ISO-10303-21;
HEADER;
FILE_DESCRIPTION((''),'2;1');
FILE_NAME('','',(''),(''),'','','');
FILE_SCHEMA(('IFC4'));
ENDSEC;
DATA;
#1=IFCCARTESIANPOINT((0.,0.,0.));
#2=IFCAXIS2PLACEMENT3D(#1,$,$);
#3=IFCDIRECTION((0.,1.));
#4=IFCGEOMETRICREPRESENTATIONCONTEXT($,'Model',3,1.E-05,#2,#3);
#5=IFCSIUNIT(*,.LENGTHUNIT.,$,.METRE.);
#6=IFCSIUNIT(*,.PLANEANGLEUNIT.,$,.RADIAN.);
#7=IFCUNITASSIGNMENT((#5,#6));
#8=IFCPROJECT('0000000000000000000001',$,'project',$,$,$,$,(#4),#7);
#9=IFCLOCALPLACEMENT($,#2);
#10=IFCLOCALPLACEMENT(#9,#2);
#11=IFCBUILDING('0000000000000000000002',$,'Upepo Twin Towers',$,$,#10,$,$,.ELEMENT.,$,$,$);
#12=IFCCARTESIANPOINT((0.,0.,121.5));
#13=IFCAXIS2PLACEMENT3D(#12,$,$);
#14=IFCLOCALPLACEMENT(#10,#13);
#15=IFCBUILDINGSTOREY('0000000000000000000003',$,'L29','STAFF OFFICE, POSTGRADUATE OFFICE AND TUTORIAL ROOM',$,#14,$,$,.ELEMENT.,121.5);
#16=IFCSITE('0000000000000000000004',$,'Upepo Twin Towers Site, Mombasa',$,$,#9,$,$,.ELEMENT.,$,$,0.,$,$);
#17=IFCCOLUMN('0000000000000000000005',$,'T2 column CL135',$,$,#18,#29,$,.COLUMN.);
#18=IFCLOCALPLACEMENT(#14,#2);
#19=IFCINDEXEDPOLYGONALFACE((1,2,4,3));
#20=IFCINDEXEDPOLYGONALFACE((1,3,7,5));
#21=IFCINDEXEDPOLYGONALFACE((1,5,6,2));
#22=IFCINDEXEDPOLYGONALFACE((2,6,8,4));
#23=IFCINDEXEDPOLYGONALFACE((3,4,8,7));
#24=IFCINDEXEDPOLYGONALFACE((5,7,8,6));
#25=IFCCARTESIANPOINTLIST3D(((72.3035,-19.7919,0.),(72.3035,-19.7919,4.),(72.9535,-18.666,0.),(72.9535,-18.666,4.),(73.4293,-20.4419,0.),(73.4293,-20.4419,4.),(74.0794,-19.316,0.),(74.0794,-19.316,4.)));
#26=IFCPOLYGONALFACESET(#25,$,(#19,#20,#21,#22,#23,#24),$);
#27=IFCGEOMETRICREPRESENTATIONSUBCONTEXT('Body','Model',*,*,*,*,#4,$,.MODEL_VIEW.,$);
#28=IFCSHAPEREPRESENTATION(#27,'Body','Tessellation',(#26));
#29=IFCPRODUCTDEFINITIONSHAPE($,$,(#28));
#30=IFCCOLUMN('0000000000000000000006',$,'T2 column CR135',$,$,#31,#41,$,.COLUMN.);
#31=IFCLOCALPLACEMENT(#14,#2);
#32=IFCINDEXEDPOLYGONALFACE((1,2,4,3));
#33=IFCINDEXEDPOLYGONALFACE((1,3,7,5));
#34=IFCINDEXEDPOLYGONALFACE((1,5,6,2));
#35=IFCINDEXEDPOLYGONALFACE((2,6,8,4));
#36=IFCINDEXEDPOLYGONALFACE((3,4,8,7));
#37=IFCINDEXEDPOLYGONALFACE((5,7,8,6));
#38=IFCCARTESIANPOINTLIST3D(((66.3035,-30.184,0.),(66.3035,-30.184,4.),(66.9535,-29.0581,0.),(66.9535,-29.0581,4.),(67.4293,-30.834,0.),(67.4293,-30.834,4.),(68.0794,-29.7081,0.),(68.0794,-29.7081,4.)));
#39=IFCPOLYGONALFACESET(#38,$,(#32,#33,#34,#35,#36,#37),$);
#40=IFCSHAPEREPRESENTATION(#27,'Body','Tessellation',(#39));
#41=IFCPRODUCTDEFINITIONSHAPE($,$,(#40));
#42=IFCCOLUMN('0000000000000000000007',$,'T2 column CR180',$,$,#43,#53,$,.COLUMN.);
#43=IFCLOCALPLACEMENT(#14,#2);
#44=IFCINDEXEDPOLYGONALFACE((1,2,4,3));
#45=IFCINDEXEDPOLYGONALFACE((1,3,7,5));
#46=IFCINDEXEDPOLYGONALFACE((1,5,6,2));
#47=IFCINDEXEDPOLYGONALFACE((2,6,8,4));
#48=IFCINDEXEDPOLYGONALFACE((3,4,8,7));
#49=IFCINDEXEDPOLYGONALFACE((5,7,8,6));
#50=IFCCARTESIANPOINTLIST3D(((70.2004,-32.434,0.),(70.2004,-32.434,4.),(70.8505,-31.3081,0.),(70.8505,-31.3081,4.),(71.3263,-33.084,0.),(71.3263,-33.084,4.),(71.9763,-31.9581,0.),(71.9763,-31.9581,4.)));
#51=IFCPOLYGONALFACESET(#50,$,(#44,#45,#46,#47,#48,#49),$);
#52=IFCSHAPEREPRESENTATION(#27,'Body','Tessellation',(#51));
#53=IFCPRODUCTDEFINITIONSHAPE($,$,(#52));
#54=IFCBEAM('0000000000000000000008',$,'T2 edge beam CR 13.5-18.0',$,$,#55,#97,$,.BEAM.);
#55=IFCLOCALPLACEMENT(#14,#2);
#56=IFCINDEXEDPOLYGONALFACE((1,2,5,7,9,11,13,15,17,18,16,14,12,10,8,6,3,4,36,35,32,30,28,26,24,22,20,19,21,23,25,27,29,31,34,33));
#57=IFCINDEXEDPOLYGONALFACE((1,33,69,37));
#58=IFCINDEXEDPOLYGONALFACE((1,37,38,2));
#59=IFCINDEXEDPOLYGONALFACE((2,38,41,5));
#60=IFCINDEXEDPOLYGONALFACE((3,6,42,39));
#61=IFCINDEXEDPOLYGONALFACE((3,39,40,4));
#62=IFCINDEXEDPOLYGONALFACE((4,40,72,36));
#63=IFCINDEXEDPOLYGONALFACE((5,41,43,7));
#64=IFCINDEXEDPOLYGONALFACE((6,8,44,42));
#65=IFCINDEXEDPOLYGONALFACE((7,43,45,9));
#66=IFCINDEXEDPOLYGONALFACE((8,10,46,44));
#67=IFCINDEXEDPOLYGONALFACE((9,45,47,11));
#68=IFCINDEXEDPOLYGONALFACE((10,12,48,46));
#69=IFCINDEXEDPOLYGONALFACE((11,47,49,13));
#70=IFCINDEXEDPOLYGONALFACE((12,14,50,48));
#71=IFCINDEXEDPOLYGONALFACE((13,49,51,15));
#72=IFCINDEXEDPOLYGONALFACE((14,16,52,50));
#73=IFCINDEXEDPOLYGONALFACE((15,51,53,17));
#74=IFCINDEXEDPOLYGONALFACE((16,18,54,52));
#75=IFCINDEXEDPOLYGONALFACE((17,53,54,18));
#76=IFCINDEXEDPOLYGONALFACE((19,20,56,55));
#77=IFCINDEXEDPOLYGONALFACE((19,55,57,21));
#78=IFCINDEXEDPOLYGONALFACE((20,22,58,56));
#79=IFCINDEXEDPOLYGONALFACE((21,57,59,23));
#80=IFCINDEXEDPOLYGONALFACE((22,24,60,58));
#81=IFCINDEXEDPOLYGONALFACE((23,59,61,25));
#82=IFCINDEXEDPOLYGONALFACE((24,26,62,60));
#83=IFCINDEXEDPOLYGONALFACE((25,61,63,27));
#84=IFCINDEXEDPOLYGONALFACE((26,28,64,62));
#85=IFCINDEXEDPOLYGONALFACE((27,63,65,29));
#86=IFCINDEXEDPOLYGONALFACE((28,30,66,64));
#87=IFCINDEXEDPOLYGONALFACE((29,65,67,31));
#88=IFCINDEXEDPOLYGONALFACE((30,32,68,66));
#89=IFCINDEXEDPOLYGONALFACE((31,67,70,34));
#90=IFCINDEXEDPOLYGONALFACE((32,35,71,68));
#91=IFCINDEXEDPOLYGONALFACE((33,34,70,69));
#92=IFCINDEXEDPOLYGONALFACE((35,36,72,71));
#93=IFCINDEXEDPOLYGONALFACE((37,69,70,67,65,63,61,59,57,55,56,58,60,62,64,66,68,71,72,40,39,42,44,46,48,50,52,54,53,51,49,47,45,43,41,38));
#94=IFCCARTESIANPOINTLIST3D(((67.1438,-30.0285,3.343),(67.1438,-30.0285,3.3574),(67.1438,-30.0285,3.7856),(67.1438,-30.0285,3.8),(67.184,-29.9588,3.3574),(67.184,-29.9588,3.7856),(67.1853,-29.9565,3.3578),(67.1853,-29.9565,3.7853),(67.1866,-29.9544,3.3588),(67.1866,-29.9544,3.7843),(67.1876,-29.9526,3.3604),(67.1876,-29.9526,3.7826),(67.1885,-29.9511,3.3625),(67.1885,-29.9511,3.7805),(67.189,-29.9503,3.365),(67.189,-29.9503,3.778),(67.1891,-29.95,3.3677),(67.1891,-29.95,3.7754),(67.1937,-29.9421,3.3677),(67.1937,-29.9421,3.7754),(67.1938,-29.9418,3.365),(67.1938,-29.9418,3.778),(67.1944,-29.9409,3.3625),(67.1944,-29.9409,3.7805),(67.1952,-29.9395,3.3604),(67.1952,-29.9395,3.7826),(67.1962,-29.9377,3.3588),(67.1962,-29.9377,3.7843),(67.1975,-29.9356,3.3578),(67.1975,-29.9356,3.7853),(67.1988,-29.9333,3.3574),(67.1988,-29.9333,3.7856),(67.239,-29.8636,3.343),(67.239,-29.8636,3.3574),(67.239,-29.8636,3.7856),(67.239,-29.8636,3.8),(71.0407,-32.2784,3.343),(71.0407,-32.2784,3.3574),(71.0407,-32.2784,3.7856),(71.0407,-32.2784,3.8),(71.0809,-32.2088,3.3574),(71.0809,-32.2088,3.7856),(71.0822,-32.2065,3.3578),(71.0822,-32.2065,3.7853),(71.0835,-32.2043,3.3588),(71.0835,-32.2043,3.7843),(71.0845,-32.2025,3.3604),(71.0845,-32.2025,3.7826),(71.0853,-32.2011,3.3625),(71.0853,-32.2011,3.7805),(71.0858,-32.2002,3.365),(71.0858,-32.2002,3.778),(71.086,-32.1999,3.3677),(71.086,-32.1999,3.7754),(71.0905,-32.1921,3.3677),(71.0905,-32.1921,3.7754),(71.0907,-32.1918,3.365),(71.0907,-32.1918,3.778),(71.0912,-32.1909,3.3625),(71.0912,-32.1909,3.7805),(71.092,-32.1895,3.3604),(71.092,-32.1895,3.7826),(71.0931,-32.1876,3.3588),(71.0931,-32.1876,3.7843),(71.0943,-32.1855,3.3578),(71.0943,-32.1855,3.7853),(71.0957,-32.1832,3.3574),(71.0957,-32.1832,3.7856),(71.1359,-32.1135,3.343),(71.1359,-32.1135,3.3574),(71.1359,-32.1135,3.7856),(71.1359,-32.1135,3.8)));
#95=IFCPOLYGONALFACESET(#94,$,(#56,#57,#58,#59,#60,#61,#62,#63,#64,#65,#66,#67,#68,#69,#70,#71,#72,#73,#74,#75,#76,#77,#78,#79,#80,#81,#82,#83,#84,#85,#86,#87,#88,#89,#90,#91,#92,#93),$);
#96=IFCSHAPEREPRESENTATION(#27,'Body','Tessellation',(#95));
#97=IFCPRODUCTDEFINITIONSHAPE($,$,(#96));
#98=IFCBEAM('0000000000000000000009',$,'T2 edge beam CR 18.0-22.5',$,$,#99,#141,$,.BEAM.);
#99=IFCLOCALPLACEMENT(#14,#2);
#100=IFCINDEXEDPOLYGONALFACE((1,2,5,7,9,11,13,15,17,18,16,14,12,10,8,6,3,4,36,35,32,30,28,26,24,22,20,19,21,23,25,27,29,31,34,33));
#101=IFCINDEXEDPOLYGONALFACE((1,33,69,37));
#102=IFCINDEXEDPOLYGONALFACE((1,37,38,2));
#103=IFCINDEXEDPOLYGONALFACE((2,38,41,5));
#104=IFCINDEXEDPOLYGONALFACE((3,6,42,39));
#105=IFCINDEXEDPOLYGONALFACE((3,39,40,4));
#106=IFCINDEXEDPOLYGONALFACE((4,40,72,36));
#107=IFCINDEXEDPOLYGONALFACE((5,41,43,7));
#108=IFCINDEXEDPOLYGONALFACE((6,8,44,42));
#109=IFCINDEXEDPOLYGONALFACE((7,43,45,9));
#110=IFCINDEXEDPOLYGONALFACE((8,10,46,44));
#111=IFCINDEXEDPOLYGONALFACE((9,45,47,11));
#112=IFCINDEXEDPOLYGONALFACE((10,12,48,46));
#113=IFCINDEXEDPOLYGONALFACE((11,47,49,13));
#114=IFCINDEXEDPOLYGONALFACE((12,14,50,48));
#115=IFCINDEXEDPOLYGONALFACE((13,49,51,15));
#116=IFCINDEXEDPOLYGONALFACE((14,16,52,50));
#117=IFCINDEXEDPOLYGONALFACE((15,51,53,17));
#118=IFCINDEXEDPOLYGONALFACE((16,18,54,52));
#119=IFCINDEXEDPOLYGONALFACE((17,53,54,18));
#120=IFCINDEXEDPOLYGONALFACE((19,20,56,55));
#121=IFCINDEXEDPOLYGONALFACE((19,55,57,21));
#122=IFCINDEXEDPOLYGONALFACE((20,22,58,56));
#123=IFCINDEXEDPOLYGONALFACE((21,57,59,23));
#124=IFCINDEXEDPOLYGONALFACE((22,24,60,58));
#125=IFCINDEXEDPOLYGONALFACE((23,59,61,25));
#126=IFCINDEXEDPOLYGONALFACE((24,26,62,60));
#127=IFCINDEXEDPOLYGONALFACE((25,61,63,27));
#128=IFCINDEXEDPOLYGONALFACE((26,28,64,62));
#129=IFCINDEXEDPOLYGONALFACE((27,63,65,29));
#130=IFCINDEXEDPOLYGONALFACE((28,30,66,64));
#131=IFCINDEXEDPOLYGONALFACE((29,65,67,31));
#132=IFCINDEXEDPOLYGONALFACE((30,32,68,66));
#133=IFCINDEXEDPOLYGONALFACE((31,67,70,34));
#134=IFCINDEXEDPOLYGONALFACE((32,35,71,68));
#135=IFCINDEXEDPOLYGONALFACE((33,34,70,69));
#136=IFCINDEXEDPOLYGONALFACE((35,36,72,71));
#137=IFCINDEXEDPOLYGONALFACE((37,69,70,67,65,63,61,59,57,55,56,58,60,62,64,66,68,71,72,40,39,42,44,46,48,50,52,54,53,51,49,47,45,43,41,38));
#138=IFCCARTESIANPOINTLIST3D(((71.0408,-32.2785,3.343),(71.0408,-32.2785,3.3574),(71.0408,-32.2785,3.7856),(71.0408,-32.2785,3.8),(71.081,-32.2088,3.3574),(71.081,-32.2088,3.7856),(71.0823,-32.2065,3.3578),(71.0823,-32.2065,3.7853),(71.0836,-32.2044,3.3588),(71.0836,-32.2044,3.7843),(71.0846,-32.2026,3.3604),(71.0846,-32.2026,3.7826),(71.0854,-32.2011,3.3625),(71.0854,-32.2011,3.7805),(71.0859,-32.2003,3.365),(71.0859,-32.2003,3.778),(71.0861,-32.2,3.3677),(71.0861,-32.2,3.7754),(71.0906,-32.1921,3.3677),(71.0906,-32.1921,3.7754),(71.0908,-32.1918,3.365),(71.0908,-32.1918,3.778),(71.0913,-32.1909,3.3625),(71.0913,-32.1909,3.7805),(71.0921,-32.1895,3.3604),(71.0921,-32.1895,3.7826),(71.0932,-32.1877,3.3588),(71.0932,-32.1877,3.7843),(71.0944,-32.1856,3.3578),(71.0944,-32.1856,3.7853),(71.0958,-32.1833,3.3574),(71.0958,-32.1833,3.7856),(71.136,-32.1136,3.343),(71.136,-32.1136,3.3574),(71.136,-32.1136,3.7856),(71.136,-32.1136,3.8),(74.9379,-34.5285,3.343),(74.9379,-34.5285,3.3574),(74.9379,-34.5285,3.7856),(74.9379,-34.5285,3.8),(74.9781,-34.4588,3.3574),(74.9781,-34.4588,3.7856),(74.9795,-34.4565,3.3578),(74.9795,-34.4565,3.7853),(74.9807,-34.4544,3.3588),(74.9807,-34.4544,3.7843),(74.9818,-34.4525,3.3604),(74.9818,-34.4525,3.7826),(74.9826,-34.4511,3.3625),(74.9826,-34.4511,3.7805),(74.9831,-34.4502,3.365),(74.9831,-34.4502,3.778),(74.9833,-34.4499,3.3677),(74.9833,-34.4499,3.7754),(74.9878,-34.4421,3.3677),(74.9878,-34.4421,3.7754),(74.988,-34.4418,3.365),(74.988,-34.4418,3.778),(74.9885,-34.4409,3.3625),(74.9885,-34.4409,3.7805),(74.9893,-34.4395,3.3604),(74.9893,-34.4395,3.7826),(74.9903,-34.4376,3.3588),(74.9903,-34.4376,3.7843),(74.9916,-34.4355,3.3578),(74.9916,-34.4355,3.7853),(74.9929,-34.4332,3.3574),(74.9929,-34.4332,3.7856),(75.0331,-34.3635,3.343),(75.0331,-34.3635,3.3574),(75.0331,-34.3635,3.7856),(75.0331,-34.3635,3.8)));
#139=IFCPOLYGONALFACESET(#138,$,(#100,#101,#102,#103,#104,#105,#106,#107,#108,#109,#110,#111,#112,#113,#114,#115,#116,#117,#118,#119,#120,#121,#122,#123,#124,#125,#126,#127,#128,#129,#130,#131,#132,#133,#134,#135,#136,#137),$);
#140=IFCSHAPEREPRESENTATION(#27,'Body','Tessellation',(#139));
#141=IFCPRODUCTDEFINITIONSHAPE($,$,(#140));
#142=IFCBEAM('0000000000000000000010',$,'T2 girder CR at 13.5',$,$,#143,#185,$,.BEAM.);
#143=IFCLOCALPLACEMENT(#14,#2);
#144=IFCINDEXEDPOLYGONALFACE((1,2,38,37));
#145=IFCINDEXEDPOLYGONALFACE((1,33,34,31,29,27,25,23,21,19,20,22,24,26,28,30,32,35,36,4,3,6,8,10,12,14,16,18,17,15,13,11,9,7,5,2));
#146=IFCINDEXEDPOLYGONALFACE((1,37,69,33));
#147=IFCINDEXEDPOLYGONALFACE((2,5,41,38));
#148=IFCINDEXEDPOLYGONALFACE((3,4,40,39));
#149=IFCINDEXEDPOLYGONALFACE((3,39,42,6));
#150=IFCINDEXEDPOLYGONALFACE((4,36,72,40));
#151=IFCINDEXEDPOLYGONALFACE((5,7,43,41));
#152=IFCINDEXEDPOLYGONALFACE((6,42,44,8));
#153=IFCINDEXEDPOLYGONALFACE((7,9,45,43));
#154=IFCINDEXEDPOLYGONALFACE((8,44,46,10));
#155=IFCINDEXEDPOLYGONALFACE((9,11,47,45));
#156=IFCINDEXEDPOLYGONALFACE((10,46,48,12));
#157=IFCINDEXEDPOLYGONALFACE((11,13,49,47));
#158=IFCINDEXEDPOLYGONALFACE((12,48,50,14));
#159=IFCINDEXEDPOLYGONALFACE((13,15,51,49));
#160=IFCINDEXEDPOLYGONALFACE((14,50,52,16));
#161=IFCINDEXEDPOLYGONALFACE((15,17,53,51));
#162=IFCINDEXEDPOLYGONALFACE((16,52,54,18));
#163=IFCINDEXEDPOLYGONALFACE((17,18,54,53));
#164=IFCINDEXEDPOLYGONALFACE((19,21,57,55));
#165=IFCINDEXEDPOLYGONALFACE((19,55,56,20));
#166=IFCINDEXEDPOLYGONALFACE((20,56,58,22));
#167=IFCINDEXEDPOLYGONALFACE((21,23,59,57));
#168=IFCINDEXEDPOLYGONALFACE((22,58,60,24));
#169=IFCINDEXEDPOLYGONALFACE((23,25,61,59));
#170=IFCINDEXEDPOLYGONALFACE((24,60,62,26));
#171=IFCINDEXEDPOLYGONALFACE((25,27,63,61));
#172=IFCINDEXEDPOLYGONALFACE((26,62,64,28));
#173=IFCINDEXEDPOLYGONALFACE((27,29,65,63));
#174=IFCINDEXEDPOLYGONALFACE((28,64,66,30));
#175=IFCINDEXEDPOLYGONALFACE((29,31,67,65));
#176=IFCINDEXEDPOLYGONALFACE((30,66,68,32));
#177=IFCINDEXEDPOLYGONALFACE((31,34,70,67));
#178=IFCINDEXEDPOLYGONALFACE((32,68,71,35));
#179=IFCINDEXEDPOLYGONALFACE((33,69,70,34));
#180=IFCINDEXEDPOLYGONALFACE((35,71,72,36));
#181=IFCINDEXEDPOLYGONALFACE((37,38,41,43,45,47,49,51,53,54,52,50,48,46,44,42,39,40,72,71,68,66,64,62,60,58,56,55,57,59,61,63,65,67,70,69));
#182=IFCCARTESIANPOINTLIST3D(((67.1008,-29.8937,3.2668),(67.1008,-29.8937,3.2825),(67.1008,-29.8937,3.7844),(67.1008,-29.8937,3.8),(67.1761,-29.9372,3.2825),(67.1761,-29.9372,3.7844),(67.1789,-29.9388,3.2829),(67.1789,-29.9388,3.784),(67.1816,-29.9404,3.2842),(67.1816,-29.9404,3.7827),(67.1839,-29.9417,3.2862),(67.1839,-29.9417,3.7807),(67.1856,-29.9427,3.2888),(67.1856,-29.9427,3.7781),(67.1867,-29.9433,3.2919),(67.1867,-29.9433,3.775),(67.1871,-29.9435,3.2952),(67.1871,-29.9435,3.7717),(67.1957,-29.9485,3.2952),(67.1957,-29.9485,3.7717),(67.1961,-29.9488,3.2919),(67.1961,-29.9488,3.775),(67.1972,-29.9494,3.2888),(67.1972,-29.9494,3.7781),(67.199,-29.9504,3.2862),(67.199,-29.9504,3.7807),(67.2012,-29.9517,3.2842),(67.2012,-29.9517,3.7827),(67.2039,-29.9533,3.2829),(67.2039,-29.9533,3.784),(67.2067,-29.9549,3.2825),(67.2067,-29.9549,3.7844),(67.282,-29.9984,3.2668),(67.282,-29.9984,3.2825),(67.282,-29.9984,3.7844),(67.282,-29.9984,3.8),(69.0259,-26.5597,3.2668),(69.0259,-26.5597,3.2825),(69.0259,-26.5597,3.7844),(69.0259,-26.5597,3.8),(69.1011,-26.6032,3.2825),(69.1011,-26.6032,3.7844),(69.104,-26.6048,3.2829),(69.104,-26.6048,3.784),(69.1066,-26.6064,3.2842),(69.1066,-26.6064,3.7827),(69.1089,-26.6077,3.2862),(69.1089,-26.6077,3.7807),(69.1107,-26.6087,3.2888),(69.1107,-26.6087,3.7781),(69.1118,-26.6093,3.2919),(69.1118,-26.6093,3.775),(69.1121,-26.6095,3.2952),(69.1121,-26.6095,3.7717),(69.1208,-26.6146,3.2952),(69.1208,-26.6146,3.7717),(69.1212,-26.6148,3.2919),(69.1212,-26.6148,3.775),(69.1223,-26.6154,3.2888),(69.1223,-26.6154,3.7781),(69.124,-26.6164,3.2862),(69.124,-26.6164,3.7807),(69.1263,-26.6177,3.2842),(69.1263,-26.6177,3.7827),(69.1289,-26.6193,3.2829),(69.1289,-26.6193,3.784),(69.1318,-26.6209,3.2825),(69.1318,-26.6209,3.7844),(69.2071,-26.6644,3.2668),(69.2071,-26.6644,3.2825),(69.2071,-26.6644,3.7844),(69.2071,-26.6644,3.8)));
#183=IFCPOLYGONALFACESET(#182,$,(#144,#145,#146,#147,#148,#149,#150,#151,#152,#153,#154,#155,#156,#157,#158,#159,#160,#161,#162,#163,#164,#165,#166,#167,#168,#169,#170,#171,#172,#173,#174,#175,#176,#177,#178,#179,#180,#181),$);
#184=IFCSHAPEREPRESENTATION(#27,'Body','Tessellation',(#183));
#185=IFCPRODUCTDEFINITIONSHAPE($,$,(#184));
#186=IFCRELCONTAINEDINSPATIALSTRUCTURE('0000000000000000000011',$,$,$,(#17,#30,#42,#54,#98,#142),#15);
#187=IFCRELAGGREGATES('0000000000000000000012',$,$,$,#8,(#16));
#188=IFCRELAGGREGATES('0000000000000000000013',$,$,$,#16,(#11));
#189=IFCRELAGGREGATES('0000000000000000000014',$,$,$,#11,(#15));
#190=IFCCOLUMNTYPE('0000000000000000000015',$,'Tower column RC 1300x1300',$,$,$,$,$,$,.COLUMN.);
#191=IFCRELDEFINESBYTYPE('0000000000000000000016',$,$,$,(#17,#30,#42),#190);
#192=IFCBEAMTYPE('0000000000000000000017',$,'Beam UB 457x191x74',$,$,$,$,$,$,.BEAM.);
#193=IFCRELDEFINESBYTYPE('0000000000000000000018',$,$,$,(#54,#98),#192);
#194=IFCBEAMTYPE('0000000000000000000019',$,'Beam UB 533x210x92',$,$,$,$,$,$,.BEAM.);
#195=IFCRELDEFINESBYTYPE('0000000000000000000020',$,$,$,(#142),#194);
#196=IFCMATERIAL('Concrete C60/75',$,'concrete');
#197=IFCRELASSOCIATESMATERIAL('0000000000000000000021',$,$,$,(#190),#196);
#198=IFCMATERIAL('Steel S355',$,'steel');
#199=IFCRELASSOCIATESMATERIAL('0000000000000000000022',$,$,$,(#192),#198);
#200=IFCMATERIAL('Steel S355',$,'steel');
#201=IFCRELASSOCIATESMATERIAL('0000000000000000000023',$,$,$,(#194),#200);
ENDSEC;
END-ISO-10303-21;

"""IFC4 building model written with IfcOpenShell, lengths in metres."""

from ifc_helpers import new_model, si_unit, direction, frame, origin, origin_2d, place, context, subcontext, project, spatial, rectangle, i_section, extrude, material, material_profile, profile_set, type_object, element, save


model = new_model("IFC4")

# Units and contexts
model_context = context("Model", 3, precision=1e-05, world=origin(), true_north=direction((0.0, 1.0)))
body_context = subcontext(model_context, "Body", "Model", "MODEL_VIEW")
ifc_project = project(units=[si_unit("LENGTHUNIT", "METRE"), si_unit("PLANEANGLEUNIT", "RADIAN")], contexts=[model_context])

# Site, building, storey
site_placement = place(None, origin())
site = spatial("IfcSite", under=ifc_project, at=site_placement, Name="Upepo Twin Towers Site, Mombasa", CompositionType="ELEMENT", RefElevation=0.0)
building_placement = place(site_placement, origin())
building = spatial("IfcBuilding", under=site, at=building_placement, Name="Upepo Twin Towers", CompositionType="ELEMENT")
storey_placement = place(building_placement, frame((0.0, 0.0, 121.5)))
storey = spatial("IfcBuildingStorey", under=building, at=storey_placement, Name="L29", Description="STAFF OFFICE, POSTGRADUATE OFFICE AND TUTORIAL ROOM", CompositionType="ELEMENT", Elevation=121.5)

# Columns
ifc_material_1 = material(Name="Concrete C60/75", Category="concrete")
ifc_material_profile_1 = material_profile(ifc_material_1, rectangle(XDim=1.3, YDim=1.3, at=origin_2d()), Name="RC 1300x1300")
ifc_profile_set_1 = profile_set([ifc_material_profile_1], Name="Concrete C60/75")
column_type = type_object("IfcColumnType", Name="Tower column RC 1300x1300", PredefinedType="COLUMN", material=ifc_profile_set_1)
for number, where, z_axis, x_axis, name in (
    (1, (73.1914, -19.554, 0.0), (0.0, 0.0, 1.0), (0.5, 0.866025, 0.0), "T2 column CL135"),
    (2, (67.1914, -29.946, 0.0), (0.0, 0.0, 1.0), (0.5, 0.866025, 0.0), "T2 column CR135"),
    (3, (71.0884, -32.196, 0.0), (0.0, 0.0, 1.0), (0.5, 0.866025, 0.0), "T2 column CR180"),
):
    element("IfcColumn", number, at=place(storey_placement, frame(where, z_axis=z_axis, x_axis=x_axis)), inside=storey, type_object=column_type, Name=name, PredefinedType="COLUMN", context=body_context, shape_type="SweptSolid", body=[
        extrude(rectangle(XDim=1.3, YDim=1.3, at=origin_2d()), origin(), (0.0, 0.0, 1.0), 4.0),
    ])

# Beams
ifc_material_2 = material(Name="Steel S355", Category="steel")
ifc_material_profile_2 = material_profile(ifc_material_2, i_section(OverallWidth=0.1904, OverallDepth=0.457, WebThickness=0.009, FlangeThickness=0.0144, FilletRadius=0.0103, at=origin_2d()), Name="UB 457x191x74")
ifc_profile_set_2 = profile_set([ifc_material_profile_2], Name="Steel S355")
beam_type_1 = type_object("IfcBeamType", Name="Beam UB 457x191x74", PredefinedType="BEAM", material=ifc_profile_set_2)
beam_1_placement = place(storey_placement, frame((67.1914, -29.946, 3.5715), z_axis=(0.866018, -0.500014, 0.0), x_axis=(0.500014, 0.866018, 0.0)))
element("IfcBeam", 4, at=beam_1_placement, inside=storey, type_object=beam_type_1, Name="T2 edge beam CR 13.5-18.0", PredefinedType="BEAM", context=body_context, shape_type="SweptSolid", body=[
    extrude(i_section(OverallWidth=0.1904, OverallDepth=0.457, WebThickness=0.009, FlangeThickness=0.0144, FilletRadius=0.0103, at=origin_2d()), origin(), (0.0, 0.0, 1.0), 4.4998),
])
beam_2_placement = place(storey_placement, frame((71.0884, -32.196, 3.5715), z_axis=(0.866031, -0.49999, 0.0), x_axis=(0.49999, 0.866031, 0.0)))
element("IfcBeam", 5, at=beam_2_placement, inside=storey, type_object=beam_type_1, Name="T2 edge beam CR 18.0-22.5", PredefinedType="BEAM", context=body_context, shape_type="SweptSolid", body=[
    extrude(i_section(OverallWidth=0.1904, OverallDepth=0.457, WebThickness=0.009, FlangeThickness=0.0144, FilletRadius=0.0103, at=origin_2d()), origin(), (0.0, 0.0, 1.0), 4.5),
])
ifc_material_3 = material(Name="Steel S355", Category="steel")
ifc_material_profile_3 = material_profile(ifc_material_3, i_section(OverallWidth=0.2092, OverallDepth=0.5332, WebThickness=0.01, FlangeThickness=0.0156, FilletRadius=0.0127, at=origin_2d()), Name="UB 533x210x92")
ifc_profile_set_3 = profile_set([ifc_material_profile_3], Name="Steel S355")
beam_type_2 = type_object("IfcBeamType", Name="Beam UB 533x210x92", PredefinedType="BEAM", material=ifc_profile_set_3)
for number, where, z_axis, x_axis, name in (
    (6, (67.1914, -29.946, 3.5334), (0.500034, 0.866006, 0.0), (-0.866006, 0.500034, 0.0), "T2 girder CR at 13.5"),
):
    element("IfcBeam", number, at=place(storey_placement, frame(where, z_axis=z_axis, x_axis=x_axis)), inside=storey, type_object=beam_type_2, Name=name, PredefinedType="BEAM", context=body_context, shape_type="SweptSolid", body=[
        extrude(i_section(OverallWidth=0.2092, OverallDepth=0.5332, WebThickness=0.01, FlangeThickness=0.0156, FilletRadius=0.0127, at=origin_2d()), origin(), (0.0, 0.0, 1.0), 3.8499),
    ])

save(model, "model.ifc")
